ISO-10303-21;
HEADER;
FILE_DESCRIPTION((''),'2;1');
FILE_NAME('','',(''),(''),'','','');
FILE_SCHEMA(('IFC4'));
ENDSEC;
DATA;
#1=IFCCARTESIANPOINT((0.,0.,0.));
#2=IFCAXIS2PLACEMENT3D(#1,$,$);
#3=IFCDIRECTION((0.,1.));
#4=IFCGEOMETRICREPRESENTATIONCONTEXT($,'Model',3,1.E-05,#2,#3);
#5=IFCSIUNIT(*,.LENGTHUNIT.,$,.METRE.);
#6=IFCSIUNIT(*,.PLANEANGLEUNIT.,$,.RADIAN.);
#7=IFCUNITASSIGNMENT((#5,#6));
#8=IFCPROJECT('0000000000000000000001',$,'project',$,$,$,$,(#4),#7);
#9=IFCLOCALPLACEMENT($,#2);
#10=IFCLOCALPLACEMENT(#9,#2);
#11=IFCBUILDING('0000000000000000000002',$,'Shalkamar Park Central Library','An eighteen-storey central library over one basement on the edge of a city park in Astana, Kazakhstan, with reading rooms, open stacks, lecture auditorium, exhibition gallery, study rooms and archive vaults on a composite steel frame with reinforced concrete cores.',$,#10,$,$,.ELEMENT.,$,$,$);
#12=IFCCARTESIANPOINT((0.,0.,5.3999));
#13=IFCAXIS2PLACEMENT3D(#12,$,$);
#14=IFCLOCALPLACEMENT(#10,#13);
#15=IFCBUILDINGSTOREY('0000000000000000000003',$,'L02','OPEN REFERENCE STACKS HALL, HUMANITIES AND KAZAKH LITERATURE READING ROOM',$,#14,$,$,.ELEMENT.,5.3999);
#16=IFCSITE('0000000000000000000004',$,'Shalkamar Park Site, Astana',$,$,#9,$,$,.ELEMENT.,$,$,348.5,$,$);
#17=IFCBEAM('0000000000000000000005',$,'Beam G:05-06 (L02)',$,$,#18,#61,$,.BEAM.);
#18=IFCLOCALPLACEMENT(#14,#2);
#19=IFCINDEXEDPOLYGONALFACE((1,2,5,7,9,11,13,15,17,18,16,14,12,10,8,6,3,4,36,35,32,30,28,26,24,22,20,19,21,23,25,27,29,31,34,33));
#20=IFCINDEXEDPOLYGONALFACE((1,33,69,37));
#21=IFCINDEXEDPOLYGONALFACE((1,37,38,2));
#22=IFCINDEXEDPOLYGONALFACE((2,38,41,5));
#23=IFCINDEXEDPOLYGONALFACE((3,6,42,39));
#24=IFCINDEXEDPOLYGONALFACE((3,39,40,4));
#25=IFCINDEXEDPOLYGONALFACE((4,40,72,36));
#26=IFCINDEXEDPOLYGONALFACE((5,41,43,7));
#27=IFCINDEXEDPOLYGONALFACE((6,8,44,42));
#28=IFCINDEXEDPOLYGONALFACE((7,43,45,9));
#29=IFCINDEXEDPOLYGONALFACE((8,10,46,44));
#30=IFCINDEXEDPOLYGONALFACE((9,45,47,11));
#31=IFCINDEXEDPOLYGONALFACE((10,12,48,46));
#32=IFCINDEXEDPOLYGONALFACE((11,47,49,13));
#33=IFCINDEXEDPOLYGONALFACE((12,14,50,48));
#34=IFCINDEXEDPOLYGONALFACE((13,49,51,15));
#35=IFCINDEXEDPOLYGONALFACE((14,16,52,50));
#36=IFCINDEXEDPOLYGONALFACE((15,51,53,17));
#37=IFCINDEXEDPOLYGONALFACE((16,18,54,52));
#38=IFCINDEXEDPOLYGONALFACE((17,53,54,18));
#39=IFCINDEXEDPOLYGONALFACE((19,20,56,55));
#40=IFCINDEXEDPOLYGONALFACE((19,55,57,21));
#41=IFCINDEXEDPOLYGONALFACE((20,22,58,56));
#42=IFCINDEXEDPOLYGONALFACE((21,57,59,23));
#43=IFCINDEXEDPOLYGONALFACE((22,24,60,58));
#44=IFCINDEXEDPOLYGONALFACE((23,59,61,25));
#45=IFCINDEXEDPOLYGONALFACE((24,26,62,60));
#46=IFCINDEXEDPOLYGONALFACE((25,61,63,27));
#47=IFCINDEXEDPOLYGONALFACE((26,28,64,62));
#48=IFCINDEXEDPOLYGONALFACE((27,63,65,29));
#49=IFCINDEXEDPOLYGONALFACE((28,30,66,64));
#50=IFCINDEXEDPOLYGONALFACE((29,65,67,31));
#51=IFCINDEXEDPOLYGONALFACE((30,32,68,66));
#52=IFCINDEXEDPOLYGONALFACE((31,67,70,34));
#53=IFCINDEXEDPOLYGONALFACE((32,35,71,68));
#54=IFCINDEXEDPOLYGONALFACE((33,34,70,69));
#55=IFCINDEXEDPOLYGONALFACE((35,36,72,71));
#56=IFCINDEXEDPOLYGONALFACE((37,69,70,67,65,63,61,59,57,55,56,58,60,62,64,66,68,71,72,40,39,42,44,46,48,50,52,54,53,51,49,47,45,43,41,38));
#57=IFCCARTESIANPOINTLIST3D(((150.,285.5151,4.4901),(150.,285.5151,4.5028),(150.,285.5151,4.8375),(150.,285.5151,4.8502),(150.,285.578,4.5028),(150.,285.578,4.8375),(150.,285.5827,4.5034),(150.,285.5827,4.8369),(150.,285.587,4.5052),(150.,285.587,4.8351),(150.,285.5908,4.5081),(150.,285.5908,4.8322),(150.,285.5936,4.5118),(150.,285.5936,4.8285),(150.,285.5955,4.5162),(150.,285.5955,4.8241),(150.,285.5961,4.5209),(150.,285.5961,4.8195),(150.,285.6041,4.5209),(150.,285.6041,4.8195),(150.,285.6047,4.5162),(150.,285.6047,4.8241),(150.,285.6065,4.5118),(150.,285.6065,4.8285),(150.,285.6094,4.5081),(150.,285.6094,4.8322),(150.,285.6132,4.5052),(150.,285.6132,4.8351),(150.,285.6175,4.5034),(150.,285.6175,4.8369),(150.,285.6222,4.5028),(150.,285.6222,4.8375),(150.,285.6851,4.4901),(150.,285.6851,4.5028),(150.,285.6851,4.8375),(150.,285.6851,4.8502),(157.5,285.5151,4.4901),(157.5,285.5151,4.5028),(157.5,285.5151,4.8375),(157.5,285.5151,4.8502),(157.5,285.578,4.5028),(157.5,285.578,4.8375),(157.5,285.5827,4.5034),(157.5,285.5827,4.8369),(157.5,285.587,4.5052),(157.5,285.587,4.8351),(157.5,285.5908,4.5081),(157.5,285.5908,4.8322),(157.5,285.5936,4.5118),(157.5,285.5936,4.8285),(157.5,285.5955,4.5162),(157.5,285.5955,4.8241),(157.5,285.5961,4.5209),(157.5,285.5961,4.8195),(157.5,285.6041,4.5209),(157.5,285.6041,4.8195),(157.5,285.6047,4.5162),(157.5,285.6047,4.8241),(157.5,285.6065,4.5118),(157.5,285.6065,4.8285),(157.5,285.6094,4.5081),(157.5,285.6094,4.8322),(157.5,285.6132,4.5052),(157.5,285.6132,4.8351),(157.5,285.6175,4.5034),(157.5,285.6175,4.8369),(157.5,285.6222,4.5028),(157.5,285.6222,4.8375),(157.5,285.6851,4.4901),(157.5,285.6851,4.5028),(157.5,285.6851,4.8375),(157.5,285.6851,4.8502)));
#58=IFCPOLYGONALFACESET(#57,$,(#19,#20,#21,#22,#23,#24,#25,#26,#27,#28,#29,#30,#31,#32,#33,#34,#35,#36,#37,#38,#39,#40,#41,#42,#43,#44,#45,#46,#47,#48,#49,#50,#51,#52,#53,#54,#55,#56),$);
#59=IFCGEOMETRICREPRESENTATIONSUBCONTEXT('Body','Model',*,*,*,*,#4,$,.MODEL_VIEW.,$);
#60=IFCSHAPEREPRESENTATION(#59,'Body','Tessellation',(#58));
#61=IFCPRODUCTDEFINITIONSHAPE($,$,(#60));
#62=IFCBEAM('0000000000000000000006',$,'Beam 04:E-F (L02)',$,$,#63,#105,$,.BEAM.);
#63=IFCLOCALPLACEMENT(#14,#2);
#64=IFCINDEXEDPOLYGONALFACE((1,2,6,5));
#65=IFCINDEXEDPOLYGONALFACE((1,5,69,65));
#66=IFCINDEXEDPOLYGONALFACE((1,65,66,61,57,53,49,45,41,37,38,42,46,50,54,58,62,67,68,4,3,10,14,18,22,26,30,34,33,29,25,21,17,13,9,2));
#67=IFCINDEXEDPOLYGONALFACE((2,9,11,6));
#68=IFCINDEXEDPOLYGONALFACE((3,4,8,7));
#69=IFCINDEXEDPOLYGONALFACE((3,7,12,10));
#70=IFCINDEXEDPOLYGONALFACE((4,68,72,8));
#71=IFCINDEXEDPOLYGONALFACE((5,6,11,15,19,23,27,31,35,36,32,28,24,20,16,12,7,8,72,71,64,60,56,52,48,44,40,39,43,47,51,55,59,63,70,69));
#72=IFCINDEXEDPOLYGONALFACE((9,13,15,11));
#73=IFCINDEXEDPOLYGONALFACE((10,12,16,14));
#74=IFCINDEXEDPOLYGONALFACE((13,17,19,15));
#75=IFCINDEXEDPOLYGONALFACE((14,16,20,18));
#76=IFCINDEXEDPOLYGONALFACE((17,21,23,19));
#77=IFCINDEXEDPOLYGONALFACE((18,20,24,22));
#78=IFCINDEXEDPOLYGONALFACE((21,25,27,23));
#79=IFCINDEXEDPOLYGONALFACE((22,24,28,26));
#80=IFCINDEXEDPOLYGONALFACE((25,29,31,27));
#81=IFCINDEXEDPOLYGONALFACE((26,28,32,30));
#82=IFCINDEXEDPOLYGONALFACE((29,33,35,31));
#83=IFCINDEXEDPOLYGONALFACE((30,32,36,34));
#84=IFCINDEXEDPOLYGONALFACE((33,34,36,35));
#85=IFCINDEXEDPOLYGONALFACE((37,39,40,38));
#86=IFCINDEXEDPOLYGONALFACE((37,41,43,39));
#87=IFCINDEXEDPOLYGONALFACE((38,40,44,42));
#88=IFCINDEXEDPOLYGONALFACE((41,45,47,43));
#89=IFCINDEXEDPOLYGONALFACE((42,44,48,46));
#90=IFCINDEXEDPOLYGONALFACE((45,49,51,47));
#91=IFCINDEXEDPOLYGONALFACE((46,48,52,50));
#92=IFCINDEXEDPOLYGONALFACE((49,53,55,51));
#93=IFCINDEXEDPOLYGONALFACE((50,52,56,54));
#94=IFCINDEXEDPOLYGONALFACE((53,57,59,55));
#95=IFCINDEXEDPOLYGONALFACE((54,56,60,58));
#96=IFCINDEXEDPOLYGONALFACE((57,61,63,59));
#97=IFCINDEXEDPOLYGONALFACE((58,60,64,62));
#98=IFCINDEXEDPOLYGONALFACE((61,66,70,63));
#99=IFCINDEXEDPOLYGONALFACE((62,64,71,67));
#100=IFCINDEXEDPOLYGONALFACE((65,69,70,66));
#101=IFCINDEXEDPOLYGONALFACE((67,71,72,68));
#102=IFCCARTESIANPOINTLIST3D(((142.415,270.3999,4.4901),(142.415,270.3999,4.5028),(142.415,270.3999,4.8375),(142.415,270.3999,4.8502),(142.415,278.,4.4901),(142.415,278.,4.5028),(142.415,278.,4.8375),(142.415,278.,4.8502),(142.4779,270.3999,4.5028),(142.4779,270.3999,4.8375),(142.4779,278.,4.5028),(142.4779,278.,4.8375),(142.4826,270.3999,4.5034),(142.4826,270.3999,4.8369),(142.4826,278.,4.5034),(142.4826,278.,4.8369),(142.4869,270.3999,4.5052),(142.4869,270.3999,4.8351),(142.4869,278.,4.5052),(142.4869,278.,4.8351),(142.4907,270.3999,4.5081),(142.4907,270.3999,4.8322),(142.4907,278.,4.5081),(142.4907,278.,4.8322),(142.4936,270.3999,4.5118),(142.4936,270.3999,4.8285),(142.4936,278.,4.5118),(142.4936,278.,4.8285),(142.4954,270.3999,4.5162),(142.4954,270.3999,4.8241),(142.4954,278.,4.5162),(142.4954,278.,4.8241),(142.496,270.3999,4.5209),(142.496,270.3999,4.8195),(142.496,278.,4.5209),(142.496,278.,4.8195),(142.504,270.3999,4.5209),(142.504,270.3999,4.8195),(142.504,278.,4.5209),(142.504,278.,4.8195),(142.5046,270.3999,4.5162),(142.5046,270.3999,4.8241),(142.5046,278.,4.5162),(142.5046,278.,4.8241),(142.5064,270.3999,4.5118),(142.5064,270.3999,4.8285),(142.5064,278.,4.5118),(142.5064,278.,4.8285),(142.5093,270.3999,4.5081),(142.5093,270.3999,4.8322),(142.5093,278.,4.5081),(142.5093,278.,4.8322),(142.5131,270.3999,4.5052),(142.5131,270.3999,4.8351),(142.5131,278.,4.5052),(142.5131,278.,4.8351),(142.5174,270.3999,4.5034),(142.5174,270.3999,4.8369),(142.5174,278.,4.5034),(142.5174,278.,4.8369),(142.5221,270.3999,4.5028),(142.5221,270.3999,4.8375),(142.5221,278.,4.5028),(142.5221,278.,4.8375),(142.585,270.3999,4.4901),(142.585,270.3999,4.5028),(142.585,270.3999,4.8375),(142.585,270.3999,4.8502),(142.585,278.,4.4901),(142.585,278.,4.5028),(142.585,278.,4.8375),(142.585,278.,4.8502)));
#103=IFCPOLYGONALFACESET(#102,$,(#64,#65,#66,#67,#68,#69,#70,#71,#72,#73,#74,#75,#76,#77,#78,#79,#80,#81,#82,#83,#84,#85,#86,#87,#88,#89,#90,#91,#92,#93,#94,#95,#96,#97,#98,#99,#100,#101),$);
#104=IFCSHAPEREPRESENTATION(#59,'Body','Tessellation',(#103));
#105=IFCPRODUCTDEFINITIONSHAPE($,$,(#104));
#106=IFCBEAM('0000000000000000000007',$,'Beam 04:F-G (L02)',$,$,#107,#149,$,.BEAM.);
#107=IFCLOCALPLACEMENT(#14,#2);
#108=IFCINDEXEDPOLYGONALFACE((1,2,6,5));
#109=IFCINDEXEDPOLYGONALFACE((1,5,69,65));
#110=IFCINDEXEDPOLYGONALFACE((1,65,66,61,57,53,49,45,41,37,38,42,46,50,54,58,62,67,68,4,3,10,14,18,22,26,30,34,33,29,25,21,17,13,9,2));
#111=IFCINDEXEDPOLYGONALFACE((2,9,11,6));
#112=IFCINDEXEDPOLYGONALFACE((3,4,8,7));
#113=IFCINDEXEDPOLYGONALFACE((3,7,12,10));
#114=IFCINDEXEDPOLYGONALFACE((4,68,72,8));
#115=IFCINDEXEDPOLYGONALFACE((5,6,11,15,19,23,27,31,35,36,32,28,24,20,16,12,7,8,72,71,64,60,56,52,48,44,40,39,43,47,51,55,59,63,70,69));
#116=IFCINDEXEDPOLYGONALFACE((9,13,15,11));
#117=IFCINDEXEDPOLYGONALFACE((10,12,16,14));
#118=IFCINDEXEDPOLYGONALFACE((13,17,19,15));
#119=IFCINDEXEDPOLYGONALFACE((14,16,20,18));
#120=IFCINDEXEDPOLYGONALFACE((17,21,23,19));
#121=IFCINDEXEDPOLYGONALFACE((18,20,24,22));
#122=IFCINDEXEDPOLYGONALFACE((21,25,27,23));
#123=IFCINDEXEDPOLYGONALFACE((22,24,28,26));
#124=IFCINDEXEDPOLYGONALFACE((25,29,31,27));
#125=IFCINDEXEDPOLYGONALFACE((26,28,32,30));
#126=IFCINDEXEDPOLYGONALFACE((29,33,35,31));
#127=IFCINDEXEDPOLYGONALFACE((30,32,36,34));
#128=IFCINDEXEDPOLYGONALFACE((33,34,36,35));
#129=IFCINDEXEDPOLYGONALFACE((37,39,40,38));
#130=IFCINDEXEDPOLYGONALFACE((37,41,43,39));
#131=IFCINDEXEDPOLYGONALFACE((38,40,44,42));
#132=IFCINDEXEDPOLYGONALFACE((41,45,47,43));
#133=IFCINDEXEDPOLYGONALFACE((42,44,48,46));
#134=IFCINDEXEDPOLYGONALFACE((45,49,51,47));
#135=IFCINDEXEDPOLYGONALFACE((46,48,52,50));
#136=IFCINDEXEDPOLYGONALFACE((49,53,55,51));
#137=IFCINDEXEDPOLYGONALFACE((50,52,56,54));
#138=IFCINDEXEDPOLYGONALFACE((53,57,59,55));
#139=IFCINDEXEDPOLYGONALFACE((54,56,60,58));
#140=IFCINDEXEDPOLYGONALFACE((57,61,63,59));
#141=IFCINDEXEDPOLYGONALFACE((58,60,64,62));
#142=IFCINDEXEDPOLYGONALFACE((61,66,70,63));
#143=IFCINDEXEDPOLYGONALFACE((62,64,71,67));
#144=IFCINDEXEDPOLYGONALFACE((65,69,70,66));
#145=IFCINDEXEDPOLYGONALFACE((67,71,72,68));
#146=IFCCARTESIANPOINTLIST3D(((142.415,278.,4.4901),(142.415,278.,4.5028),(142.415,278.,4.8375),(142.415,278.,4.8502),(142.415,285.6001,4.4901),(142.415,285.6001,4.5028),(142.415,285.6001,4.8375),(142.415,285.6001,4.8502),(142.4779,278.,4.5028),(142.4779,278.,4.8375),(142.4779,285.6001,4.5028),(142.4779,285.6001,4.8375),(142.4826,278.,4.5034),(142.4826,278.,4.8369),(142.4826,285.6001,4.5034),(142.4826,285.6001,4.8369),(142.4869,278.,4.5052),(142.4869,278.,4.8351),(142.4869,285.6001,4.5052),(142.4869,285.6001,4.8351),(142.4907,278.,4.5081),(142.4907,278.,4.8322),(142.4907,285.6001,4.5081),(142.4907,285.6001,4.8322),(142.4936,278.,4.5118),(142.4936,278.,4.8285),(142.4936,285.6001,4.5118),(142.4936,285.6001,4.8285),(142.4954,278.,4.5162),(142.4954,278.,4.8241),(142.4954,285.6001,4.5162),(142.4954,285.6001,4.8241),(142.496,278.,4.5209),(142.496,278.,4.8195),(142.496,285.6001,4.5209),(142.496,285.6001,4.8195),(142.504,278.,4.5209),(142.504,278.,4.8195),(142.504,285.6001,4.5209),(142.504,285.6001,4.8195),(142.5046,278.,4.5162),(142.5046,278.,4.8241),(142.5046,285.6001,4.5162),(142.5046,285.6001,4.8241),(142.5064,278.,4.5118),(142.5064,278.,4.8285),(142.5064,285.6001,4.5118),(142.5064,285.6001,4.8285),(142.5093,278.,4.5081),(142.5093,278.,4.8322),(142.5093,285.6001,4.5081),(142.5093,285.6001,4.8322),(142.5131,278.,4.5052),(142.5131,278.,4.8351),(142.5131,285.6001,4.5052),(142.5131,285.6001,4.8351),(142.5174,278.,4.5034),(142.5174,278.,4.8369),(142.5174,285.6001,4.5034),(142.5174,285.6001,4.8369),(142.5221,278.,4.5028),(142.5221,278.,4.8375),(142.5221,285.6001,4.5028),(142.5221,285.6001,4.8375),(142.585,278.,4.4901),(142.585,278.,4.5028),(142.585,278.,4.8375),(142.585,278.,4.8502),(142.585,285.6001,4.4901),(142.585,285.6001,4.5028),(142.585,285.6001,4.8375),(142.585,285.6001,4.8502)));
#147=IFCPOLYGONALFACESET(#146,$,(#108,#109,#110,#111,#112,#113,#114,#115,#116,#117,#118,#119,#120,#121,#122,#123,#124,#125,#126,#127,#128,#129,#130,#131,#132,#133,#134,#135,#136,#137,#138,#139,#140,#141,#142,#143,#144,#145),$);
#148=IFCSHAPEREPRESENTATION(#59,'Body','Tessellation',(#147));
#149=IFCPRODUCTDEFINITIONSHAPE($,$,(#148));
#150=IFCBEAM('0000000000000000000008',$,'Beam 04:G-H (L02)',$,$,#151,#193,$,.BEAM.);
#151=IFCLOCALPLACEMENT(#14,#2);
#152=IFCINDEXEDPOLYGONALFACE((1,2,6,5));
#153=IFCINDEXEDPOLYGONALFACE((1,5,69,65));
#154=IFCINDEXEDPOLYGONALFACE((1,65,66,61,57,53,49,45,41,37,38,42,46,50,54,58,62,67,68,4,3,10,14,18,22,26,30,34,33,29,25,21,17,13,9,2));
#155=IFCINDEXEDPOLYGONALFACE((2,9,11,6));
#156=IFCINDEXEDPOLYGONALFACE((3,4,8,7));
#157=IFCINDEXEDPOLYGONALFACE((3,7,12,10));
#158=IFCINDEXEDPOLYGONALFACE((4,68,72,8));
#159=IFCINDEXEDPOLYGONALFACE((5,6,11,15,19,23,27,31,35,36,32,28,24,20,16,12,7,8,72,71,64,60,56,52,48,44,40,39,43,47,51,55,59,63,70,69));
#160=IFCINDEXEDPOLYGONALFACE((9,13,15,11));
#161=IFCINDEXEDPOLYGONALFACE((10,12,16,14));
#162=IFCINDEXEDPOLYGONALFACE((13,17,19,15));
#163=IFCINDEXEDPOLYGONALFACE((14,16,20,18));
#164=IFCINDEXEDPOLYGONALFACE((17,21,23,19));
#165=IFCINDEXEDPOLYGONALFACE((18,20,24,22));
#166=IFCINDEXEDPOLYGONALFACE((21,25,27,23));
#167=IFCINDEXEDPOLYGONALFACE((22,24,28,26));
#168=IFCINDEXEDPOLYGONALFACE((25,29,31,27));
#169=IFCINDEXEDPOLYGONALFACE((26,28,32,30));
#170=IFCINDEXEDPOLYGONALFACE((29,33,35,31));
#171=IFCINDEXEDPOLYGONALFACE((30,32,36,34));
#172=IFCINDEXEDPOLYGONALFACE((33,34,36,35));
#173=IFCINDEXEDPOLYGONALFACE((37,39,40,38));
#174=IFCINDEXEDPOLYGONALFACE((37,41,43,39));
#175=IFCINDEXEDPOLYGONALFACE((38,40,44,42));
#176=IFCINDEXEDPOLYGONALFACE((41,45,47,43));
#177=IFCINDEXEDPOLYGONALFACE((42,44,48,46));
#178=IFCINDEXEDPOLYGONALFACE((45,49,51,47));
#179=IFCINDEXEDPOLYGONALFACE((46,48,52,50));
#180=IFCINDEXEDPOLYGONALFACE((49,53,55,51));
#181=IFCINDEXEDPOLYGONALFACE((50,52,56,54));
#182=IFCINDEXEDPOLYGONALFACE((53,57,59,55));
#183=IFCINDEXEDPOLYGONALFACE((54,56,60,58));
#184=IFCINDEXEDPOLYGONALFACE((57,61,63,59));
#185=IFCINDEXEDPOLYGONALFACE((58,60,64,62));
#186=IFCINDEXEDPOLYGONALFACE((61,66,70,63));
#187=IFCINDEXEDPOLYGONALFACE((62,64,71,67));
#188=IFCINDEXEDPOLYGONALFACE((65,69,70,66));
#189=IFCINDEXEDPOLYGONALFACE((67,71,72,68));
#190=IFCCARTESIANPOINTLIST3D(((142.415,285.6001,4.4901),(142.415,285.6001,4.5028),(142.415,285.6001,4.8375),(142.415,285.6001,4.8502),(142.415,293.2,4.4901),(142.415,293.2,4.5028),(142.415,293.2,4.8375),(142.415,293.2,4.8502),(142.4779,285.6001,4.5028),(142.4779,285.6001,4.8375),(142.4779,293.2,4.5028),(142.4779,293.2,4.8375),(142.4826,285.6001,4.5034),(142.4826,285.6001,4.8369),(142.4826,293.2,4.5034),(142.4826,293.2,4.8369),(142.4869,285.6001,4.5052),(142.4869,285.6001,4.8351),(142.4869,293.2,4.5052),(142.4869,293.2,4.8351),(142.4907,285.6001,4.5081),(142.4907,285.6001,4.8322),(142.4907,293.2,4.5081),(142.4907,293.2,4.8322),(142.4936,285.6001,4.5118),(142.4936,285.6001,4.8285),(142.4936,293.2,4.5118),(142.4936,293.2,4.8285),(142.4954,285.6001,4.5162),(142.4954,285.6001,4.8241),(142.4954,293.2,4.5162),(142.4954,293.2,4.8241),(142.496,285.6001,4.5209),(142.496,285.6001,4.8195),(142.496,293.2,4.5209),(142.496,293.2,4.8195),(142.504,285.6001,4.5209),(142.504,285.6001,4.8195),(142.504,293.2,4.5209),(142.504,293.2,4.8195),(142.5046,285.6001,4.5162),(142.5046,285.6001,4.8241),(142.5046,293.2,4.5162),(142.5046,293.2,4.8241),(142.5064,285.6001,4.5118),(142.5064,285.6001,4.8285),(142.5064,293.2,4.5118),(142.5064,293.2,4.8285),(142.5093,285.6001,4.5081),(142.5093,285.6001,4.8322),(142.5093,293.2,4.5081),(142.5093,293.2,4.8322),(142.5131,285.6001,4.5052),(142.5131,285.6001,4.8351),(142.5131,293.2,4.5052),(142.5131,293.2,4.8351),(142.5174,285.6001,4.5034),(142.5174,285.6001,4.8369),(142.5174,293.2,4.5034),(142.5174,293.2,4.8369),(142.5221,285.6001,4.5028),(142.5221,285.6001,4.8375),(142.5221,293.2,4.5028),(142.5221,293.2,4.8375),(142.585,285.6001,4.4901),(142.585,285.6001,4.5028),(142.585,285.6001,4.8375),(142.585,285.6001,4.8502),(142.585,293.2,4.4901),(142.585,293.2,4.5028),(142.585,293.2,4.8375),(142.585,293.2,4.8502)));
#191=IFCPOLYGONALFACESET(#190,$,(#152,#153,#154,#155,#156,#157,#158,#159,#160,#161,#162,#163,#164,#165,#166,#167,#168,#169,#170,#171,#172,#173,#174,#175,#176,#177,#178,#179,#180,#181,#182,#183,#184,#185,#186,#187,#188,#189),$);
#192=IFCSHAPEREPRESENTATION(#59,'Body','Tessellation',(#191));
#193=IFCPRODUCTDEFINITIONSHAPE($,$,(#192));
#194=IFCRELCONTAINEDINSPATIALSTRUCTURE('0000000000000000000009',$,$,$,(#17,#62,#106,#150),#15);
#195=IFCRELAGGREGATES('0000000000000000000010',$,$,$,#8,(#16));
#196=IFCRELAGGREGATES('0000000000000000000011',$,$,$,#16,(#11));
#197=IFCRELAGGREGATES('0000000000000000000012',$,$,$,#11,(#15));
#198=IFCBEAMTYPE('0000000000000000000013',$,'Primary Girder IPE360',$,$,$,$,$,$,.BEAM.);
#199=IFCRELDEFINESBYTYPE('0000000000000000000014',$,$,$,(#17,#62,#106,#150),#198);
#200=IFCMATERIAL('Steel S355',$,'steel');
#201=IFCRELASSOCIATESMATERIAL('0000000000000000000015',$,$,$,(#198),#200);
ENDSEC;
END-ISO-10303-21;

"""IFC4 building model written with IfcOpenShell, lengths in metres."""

from ifc_helpers import new_model, si_unit, direction, frame, origin, origin_2d, place, context, subcontext, project, spatial, i_section, extrude, material, material_profile, profile_set, type_object, element, save


model = new_model("IFC4")

# Units and contexts
model_context = context("Model", 3, precision=1e-05, world=origin(), true_north=direction((0.0, 1.0)))
body_context = subcontext(model_context, "Body", "Model", "MODEL_VIEW")
ifc_project = project(units=[si_unit("LENGTHUNIT", "METRE"), si_unit("PLANEANGLEUNIT", "RADIAN")], contexts=[model_context])

# Site, building, storey
site_placement = place(None, origin())
site = spatial("IfcSite", under=ifc_project, at=site_placement, Name="Shalkamar Park Site, Astana", CompositionType="ELEMENT", RefElevation=348.5)
building_placement = place(site_placement, origin())
building = spatial("IfcBuilding", under=site, at=building_placement, Name="Shalkamar Park Central Library", Description="An eighteen-storey central library over one basement on the edge of a city park in Astana, Kazakhstan, with reading rooms, open stacks, lecture auditorium, exhibition gallery, study rooms and archive vaults on a composite steel frame with reinforced concrete cores.", CompositionType="ELEMENT")
storey_placement = place(building_placement, frame((0.0, 0.0, 5.3999)))
storey = spatial("IfcBuildingStorey", under=building, at=storey_placement, Name="L02", Description="OPEN REFERENCE STACKS HALL, HUMANITIES AND KAZAKH LITERATURE READING ROOM", CompositionType="ELEMENT", Elevation=5.3999)

# Shared definitions
ifc_material_1 = material(Name="Steel S355", Category="steel")

# Beams
ifc_material_profile_1 = material_profile(ifc_material_1, i_section(OverallWidth=0.1699, OverallDepth=0.3601, WebThickness=0.0081, FlangeThickness=0.0127, FilletRadius=0.0181, at=origin_2d()), Name="IPE 360")
ifc_profile_set_1 = profile_set([ifc_material_profile_1], Name="Steel S355")
beam_type_1 = type_object("IfcBeamType", Name="Primary Girder IPE360", PredefinedType="BEAM", material=ifc_profile_set_1)
for number, where, z_axis, x_axis, name in (
    (1, (150.0, 285.6001, 4.6702), (1.0, 0.0, 0.0), (0.0, 1.0, 0.0), "Beam G:05-06 (L02)"),
):
    element("IfcBeam", number, at=place(storey_placement, frame(where, z_axis=z_axis, x_axis=x_axis)), inside=storey, type_object=beam_type_1, Name=name, PredefinedType="BEAM", context=body_context, shape_type="SweptSolid", body=[
        extrude(i_section(OverallWidth=0.1699, OverallDepth=0.3601, WebThickness=0.0081, FlangeThickness=0.0127, FilletRadius=0.0181, at=origin_2d()), origin(), (0.0, 0.0, 1.0), 7.5),
    ])
for number, where, z_axis, x_axis, name in (
    (2, (142.5, 270.3999, 4.6702), (0.0, 1.0, 0.0), (-1.0, 0.0, 0.0), "Beam 04:E-F (L02)"),
    (3, (142.5, 278.0, 4.6702), (0.0, 1.0, 0.0), (-1.0, 0.0, 0.0), "Beam 04:F-G (L02)"),
):
    element("IfcBeam", number, at=place(storey_placement, frame(where, z_axis=z_axis, x_axis=x_axis)), inside=storey, type_object=beam_type_1, Name=name, PredefinedType="BEAM", context=body_context, shape_type="SweptSolid", body=[
        extrude(i_section(OverallWidth=0.1699, OverallDepth=0.3601, WebThickness=0.0081, FlangeThickness=0.0127, FilletRadius=0.0181, at=origin_2d()), origin(), (0.0, 0.0, 1.0), 7.6001),
    ])
beam_1_placement = place(storey_placement, frame((142.5, 285.6001, 4.6702), z_axis=(0.0, 1.0, 0.0), x_axis=(-1.0, 0.0, 0.0)))
element("IfcBeam", 4, at=beam_1_placement, inside=storey, type_object=beam_type_1, Name="Beam 04:G-H (L02)", PredefinedType="BEAM", context=body_context, shape_type="SweptSolid", body=[
    extrude(i_section(OverallWidth=0.1699, OverallDepth=0.3601, WebThickness=0.0081, FlangeThickness=0.0127, FilletRadius=0.0181, at=origin_2d()), origin(), (0.0, 0.0, 1.0), 7.5999),
])

save(model, "model.ifc")
